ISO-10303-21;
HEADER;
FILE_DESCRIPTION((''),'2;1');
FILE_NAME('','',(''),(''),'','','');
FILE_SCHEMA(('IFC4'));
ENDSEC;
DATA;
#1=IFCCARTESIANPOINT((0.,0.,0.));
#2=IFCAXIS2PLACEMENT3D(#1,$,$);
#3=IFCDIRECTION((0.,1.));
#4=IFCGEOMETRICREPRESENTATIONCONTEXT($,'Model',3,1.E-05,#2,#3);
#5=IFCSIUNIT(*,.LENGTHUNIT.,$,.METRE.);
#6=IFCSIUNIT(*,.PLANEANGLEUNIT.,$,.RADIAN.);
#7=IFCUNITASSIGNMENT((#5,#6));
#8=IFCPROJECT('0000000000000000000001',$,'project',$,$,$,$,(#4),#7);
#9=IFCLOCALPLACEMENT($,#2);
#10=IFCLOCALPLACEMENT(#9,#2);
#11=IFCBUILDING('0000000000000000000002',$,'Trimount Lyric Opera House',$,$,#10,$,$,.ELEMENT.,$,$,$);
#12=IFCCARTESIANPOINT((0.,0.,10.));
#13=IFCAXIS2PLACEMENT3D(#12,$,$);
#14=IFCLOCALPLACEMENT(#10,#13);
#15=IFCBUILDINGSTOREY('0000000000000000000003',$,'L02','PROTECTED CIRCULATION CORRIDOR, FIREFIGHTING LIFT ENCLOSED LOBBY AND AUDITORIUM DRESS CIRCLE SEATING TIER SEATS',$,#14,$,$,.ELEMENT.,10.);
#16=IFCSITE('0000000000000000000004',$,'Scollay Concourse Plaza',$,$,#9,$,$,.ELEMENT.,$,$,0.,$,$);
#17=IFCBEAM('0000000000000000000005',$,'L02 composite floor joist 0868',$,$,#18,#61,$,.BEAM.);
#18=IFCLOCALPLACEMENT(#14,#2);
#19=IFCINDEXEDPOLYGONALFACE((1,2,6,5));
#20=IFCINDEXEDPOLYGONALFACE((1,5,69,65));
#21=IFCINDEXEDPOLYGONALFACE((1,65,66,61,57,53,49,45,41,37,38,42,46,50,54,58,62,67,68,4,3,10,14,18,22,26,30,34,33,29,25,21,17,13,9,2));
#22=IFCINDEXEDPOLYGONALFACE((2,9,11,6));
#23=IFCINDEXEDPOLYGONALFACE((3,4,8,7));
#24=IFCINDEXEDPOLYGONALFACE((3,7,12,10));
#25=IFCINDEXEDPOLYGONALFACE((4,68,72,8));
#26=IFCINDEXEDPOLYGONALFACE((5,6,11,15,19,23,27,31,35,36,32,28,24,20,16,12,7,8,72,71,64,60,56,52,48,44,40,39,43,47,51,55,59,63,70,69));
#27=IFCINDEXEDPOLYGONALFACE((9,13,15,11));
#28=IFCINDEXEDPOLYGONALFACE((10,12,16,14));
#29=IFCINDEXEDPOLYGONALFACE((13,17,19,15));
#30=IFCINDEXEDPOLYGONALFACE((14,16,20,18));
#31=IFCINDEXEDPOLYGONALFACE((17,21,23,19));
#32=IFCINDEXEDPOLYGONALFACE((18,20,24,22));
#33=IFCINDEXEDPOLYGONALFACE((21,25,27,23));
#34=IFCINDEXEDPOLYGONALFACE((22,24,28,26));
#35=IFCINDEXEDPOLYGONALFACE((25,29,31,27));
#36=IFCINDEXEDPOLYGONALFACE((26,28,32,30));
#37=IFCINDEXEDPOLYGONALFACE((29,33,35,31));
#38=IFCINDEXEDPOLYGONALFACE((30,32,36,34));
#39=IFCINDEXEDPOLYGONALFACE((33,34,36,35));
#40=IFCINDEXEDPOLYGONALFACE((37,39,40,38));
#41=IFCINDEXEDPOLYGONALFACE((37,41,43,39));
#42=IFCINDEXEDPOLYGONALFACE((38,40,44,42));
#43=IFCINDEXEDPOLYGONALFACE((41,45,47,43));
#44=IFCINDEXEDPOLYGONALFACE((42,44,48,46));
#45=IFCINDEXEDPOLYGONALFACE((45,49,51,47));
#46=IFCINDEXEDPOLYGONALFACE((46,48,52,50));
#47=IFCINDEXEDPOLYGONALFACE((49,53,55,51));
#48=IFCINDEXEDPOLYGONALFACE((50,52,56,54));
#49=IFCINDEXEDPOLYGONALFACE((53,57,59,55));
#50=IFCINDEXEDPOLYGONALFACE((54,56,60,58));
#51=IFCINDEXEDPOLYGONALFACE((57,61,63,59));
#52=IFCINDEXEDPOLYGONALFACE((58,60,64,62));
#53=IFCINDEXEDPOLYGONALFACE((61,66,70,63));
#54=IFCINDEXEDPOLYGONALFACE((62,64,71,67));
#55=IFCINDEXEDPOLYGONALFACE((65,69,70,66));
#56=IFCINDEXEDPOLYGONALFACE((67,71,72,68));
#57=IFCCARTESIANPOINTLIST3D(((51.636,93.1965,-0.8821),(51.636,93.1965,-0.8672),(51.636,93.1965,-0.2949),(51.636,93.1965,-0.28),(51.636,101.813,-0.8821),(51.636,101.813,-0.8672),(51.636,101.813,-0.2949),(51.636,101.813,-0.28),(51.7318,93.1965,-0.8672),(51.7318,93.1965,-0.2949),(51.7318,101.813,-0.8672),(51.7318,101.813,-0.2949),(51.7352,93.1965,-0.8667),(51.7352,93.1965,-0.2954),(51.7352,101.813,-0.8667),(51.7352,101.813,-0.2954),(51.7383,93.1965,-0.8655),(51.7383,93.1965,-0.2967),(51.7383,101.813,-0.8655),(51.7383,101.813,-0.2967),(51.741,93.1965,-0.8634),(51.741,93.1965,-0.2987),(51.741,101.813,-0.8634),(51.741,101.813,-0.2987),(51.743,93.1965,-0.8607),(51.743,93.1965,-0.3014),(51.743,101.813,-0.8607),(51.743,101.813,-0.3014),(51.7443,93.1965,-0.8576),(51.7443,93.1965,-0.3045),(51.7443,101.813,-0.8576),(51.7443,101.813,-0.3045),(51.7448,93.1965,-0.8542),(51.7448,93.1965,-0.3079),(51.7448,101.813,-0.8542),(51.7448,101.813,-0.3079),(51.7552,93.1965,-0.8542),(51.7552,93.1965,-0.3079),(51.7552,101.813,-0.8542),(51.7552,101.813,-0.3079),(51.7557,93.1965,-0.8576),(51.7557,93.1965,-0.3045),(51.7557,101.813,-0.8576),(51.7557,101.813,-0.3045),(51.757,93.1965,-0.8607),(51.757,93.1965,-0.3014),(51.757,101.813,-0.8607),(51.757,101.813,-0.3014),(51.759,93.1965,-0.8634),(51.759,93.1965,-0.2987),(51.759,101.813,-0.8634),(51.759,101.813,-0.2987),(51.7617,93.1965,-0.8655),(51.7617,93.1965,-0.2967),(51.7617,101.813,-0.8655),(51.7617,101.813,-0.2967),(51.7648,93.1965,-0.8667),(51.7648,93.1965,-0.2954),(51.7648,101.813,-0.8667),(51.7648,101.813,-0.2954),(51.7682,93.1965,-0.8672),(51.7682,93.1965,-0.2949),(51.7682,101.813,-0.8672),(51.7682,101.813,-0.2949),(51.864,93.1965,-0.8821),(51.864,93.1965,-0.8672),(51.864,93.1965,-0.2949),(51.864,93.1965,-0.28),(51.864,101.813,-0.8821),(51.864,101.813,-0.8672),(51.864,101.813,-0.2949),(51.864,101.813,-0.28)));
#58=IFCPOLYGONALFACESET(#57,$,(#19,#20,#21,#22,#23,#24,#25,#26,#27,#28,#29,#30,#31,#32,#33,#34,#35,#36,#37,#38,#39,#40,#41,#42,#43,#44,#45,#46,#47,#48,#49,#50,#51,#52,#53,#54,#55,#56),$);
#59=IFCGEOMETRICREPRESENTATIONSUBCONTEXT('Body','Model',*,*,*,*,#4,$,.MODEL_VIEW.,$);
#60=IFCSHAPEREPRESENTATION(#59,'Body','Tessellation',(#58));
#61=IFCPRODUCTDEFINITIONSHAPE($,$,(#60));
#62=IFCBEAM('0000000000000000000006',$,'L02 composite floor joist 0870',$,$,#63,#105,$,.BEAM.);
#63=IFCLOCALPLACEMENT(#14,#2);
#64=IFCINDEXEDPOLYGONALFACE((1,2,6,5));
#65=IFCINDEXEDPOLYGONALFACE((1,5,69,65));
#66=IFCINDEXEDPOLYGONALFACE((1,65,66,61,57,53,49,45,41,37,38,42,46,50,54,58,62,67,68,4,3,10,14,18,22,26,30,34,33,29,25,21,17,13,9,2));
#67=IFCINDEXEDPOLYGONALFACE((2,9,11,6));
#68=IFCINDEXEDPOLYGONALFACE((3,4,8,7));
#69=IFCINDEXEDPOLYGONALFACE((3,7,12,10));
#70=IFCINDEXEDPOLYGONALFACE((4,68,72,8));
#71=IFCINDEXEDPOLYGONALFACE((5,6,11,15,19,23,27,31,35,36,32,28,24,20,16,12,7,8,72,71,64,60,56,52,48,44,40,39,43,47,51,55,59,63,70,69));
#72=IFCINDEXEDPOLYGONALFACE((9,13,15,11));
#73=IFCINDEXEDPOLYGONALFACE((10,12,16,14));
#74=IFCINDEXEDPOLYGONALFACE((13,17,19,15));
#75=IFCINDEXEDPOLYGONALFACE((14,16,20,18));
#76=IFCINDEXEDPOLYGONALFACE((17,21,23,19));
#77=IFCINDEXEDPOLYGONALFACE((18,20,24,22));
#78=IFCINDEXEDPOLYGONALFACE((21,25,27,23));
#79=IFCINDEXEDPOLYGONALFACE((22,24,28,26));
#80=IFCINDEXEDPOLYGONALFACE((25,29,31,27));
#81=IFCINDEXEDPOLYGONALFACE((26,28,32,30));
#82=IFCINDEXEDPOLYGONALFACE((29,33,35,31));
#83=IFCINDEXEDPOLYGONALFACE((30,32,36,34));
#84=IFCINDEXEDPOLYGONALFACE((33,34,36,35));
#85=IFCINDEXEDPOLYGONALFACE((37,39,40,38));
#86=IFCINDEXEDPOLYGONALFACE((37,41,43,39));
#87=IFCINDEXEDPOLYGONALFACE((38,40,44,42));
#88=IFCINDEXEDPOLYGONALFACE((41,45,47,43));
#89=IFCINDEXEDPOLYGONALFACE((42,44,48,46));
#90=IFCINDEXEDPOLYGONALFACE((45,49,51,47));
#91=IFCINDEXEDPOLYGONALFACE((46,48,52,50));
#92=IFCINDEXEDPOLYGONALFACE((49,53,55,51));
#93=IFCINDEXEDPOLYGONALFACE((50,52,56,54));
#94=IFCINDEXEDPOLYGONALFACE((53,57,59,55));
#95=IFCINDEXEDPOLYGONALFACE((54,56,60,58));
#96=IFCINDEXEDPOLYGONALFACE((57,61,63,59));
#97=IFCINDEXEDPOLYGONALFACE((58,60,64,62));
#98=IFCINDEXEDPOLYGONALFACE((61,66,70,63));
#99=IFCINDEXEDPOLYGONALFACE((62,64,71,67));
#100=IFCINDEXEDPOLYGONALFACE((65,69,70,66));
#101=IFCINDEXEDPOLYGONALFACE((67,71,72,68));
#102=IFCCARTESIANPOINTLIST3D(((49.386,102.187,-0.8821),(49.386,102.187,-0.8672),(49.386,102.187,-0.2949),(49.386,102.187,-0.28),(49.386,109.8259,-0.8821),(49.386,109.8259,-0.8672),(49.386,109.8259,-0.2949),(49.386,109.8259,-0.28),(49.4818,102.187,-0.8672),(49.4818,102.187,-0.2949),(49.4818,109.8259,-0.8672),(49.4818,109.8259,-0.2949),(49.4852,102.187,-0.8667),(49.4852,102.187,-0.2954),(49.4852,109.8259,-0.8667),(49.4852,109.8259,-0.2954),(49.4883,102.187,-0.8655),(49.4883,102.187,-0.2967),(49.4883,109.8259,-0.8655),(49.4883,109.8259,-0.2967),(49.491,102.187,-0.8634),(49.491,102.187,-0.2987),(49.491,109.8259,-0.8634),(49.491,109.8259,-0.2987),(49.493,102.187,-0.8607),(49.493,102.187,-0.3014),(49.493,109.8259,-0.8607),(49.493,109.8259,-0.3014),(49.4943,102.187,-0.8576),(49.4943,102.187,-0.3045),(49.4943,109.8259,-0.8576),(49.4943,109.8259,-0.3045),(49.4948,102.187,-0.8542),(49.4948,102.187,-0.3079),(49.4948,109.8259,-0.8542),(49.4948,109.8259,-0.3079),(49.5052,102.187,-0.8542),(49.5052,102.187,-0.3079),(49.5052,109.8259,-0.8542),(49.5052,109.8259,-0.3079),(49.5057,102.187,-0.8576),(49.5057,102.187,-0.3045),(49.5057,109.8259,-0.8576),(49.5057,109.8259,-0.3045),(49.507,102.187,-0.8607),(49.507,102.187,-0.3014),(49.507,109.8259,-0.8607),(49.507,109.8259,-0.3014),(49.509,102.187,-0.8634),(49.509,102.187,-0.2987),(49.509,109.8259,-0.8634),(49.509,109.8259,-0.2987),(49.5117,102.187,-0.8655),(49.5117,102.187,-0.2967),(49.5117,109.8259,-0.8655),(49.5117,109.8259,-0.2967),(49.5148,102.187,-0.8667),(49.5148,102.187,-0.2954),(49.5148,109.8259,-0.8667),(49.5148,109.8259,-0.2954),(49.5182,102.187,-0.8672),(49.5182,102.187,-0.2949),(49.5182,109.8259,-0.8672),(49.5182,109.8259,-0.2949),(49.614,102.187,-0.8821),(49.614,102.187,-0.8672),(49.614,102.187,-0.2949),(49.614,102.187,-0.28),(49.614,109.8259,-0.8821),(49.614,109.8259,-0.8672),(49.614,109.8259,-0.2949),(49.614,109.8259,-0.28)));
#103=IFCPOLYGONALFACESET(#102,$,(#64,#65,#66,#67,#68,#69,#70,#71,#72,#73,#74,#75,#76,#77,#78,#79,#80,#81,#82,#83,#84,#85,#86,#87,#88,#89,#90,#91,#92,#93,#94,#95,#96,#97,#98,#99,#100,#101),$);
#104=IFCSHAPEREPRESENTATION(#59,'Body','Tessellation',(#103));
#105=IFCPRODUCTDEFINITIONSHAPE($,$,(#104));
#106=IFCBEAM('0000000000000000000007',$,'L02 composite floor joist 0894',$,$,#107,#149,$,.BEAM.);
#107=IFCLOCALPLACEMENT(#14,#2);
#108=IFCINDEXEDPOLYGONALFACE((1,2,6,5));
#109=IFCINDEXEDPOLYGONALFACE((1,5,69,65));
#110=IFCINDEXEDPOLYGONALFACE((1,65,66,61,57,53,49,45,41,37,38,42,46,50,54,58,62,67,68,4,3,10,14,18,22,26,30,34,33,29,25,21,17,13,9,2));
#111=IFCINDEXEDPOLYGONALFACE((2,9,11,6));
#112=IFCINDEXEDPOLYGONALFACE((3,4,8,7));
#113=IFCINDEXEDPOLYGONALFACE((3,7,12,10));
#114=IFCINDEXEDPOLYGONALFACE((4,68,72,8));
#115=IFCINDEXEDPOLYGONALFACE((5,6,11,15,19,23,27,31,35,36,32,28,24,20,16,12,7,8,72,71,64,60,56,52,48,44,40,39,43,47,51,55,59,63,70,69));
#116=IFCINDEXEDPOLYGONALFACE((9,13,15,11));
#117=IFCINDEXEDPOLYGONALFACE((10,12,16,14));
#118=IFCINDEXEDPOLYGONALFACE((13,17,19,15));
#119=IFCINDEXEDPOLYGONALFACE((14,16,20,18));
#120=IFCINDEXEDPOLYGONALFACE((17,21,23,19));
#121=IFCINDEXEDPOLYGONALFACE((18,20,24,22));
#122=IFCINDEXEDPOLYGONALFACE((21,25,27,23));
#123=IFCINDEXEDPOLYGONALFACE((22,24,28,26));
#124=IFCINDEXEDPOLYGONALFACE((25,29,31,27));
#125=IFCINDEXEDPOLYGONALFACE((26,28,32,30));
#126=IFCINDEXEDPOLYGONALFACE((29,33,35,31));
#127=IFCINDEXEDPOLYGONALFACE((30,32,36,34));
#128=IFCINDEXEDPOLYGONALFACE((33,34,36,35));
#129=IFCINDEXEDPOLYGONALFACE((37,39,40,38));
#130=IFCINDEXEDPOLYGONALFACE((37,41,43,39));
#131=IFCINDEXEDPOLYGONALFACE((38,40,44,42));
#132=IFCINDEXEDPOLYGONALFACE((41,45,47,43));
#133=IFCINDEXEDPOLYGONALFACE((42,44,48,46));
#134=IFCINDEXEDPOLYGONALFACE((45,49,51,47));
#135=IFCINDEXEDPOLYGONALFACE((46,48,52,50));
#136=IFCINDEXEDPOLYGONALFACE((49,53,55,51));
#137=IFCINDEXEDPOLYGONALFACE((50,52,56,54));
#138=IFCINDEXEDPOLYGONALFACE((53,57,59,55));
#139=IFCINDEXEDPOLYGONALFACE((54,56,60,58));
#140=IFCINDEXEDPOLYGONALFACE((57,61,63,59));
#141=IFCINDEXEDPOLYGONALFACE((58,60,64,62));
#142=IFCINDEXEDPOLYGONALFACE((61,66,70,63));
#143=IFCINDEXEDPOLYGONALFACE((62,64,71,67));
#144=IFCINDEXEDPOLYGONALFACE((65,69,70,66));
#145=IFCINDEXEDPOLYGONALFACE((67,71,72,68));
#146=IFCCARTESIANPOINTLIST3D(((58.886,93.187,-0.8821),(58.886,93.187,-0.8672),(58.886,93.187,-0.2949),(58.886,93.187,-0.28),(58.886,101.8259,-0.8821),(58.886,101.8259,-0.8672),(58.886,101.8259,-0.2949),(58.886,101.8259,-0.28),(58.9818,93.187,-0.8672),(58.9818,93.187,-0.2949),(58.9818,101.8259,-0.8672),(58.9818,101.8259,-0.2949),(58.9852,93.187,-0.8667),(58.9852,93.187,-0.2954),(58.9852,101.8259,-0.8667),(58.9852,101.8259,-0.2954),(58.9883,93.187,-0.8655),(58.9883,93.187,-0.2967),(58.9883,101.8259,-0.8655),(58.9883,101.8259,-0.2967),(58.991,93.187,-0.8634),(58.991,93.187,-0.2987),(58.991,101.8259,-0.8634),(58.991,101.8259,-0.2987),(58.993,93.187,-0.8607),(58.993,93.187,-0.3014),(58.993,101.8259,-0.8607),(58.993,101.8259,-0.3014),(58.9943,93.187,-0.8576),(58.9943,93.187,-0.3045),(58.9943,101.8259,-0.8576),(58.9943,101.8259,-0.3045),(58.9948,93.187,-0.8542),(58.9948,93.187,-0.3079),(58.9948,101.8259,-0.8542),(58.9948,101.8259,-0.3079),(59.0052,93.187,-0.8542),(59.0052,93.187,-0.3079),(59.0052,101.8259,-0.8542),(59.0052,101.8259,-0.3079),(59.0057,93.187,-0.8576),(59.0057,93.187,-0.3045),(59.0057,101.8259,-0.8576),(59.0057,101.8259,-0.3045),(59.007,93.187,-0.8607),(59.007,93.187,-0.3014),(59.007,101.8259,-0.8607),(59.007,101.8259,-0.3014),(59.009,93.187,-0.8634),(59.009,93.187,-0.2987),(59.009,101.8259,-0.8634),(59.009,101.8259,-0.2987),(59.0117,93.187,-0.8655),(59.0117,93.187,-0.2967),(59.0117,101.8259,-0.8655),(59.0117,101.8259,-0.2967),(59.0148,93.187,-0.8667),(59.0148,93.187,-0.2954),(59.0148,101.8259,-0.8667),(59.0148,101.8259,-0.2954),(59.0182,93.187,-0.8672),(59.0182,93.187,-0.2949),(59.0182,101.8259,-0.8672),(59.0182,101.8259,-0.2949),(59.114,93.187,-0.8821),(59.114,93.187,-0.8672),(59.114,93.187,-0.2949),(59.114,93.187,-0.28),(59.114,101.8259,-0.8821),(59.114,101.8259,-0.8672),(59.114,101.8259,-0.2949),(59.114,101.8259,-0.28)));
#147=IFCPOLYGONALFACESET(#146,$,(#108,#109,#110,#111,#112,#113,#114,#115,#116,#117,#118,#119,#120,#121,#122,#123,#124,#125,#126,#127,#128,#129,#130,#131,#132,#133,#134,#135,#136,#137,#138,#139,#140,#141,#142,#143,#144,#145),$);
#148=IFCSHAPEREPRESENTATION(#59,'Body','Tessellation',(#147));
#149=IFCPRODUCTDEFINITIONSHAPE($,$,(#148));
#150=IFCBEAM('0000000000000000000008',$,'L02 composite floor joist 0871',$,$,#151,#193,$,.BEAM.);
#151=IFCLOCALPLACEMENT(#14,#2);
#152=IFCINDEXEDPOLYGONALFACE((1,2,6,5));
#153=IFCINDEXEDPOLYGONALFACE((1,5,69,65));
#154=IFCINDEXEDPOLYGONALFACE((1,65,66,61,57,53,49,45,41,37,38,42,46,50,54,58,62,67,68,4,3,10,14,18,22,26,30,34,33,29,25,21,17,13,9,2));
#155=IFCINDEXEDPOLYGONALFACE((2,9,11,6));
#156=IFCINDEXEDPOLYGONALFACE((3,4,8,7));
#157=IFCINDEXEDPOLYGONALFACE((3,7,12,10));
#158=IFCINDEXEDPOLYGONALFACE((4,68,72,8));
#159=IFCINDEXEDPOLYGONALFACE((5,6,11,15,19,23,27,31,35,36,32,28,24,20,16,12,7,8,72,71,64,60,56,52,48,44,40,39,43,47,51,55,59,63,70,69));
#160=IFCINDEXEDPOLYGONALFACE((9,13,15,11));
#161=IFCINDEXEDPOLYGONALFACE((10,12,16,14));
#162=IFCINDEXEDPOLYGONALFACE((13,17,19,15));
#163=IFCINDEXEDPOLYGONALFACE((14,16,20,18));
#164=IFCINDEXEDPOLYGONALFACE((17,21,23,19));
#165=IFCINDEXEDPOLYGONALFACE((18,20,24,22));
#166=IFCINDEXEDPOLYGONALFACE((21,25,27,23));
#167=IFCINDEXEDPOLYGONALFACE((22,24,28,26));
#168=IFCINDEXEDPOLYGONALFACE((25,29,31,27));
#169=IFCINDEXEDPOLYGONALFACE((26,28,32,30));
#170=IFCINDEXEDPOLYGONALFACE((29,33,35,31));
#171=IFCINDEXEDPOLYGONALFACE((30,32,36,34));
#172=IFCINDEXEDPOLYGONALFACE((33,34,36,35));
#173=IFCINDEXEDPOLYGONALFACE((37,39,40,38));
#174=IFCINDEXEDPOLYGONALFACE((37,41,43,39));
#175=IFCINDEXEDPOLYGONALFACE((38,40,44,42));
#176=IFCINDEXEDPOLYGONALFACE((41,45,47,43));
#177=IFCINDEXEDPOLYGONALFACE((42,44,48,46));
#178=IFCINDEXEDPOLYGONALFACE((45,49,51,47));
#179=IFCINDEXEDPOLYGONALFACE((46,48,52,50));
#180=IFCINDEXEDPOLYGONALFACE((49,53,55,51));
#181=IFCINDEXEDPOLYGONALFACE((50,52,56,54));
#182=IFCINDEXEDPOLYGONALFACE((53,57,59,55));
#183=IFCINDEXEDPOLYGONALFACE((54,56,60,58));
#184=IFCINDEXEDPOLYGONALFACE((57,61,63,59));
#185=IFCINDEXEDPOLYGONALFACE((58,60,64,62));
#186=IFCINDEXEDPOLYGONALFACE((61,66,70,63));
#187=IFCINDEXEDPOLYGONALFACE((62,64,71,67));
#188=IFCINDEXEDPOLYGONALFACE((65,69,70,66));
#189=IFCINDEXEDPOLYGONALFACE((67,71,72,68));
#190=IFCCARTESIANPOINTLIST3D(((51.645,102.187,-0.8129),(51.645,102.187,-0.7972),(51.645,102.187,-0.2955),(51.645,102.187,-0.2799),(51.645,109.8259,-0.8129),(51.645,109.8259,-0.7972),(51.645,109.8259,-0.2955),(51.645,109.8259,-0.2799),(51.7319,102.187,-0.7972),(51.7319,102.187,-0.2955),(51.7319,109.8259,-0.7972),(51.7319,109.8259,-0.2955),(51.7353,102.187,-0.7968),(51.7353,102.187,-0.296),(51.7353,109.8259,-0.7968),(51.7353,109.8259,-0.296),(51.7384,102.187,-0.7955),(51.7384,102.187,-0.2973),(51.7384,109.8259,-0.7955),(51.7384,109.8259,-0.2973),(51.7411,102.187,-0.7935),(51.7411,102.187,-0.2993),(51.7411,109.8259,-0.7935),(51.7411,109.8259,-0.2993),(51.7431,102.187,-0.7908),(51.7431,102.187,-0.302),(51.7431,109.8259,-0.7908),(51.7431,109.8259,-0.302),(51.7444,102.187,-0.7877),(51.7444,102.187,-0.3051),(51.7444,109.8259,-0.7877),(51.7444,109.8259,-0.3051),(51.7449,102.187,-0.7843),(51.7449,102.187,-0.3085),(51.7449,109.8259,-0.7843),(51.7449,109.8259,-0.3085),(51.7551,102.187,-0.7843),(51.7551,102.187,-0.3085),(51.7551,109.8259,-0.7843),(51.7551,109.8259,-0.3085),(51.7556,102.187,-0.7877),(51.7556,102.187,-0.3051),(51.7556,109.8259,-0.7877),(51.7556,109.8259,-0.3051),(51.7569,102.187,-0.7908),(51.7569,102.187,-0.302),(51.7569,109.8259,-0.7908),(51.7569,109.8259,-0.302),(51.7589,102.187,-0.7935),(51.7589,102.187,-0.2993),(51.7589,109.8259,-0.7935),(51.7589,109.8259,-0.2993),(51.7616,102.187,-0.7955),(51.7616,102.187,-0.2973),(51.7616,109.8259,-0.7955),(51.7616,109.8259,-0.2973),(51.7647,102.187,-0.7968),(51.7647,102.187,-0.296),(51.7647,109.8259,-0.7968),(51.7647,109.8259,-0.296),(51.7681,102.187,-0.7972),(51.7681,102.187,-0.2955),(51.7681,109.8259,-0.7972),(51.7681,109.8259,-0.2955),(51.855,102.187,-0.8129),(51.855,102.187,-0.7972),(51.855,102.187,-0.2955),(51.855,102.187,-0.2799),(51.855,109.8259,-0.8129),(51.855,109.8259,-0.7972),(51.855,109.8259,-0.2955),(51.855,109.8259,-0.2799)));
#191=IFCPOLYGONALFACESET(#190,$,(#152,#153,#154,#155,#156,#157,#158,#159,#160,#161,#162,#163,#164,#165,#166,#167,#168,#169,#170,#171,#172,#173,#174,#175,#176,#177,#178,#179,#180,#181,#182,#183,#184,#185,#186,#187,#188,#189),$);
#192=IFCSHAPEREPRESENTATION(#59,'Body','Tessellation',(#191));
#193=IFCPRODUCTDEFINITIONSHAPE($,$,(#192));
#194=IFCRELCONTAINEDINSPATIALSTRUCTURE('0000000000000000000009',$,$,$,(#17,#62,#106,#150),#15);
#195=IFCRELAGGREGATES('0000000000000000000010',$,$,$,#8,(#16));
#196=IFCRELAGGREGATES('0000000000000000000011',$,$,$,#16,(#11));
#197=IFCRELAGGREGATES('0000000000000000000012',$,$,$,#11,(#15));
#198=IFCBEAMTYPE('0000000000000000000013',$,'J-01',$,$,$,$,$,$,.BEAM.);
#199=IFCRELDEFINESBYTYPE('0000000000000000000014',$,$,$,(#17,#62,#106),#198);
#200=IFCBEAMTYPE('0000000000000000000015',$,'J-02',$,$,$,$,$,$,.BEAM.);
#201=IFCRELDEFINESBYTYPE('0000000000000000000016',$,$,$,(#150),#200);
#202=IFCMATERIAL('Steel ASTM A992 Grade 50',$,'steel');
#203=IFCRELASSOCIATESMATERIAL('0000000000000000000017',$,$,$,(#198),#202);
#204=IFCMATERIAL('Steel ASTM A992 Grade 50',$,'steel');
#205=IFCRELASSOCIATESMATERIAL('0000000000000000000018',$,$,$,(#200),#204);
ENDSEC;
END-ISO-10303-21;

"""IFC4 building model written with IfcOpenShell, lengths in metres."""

from ifc_helpers import new_model, si_unit, direction, frame, origin, origin_2d, place, context, subcontext, project, spatial, i_section, extrude, material, material_profile, profile_set, type_object, element, save


model = new_model("IFC4")

# Units and contexts
model_context = context("Model", 3, precision=1e-05, world=origin(), true_north=direction((0.0, 1.0)))
body_context = subcontext(model_context, "Body", "Model", "MODEL_VIEW")
ifc_project = project(units=[si_unit("LENGTHUNIT", "METRE"), si_unit("PLANEANGLEUNIT", "RADIAN")], contexts=[model_context])

# Site, building, storey
site_placement = place(None, origin())
site = spatial("IfcSite", under=ifc_project, at=site_placement, Name="Scollay Concourse Plaza", CompositionType="ELEMENT", RefElevation=0.0)
building_placement = place(site_placement, origin())
building = spatial("IfcBuilding", under=site, at=building_placement, Name="Trimount Lyric Opera House", CompositionType="ELEMENT")
storey_placement = place(building_placement, frame((0.0, 0.0, 10.0)))
storey = spatial("IfcBuildingStorey", under=building, at=storey_placement, Name="L02", Description="PROTECTED CIRCULATION CORRIDOR, FIREFIGHTING LIFT ENCLOSED LOBBY AND AUDITORIUM DRESS CIRCLE SEATING TIER SEATS", CompositionType="ELEMENT", Elevation=10.0)

# Beams
ifc_material_1 = material(Name="Steel ASTM A992 Grade 50", Category="steel")
ifc_material_profile_1 = material_profile(ifc_material_1, i_section(OverallWidth=0.228, OverallDepth=0.6021, WebThickness=0.0105, FlangeThickness=0.0149, FilletRadius=0.0129, at=origin_2d()), Name="W24X68")
ifc_profile_set_1 = profile_set([ifc_material_profile_1], Name="Steel ASTM A992 Grade 50")
beam_type_1 = type_object("IfcBeamType", Name="J-01", PredefinedType="BEAM", material=ifc_profile_set_1)
beam_1_placement = place(storey_placement, frame((51.75, 93.1965, -0.5811), z_axis=(0.0, 1.0, 0.0), x_axis=(-1.0, 0.0, 0.0)))
element("IfcBeam", 1, at=beam_1_placement, inside=storey, type_object=beam_type_1, Name="L02 composite floor joist 0868", PredefinedType="BEAM", context=body_context, shape_type="SweptSolid", body=[
    extrude(i_section(OverallWidth=0.228, OverallDepth=0.6021, WebThickness=0.0105, FlangeThickness=0.0149, FilletRadius=0.0129, at=origin_2d()), origin(), (0.0, 0.0, 1.0), 8.6165),
])
beam_2_placement = place(storey_placement, frame((49.5, 102.187, -0.5811), z_axis=(0.0, 1.0, 0.0), x_axis=(-1.0, 0.0, 0.0)))
element("IfcBeam", 2, at=beam_2_placement, inside=storey, type_object=beam_type_1, Name="L02 composite floor joist 0870", PredefinedType="BEAM", context=body_context, shape_type="SweptSolid", body=[
    extrude(i_section(OverallWidth=0.228, OverallDepth=0.6021, WebThickness=0.0105, FlangeThickness=0.0149, FilletRadius=0.0129, at=origin_2d()), origin(), (0.0, 0.0, 1.0), 7.6389),
])
beam_3_placement = place(storey_placement, frame((59.0, 93.187, -0.5811), z_axis=(0.0, 1.0, 0.0), x_axis=(-1.0, 0.0, 0.0)))
element("IfcBeam", 3, at=beam_3_placement, inside=storey, type_object=beam_type_1, Name="L02 composite floor joist 0894", PredefinedType="BEAM", context=body_context, shape_type="SweptSolid", body=[
    extrude(i_section(OverallWidth=0.228, OverallDepth=0.6021, WebThickness=0.0105, FlangeThickness=0.0149, FilletRadius=0.0129, at=origin_2d()), origin(), (0.0, 0.0, 1.0), 8.6389),
])
ifc_material_2 = material(Name="Steel ASTM A992 Grade 50", Category="steel")
ifc_material_profile_2 = material_profile(ifc_material_2, i_section(OverallWidth=0.21, OverallDepth=0.533, WebThickness=0.0103, FlangeThickness=0.0156, FilletRadius=0.0129, at=origin_2d()), Name="W21X62")
ifc_profile_set_2 = profile_set([ifc_material_profile_2], Name="Steel ASTM A992 Grade 50")
beam_type_2 = type_object("IfcBeamType", Name="J-02", PredefinedType="BEAM", material=ifc_profile_set_2)
beam_4_placement = place(storey_placement, frame((51.75, 102.187, -0.5464), z_axis=(0.0, 1.0, 0.0), x_axis=(-1.0, 0.0, 0.0)))
element("IfcBeam", 4, at=beam_4_placement, inside=storey, type_object=beam_type_2, Name="L02 composite floor joist 0871", PredefinedType="BEAM", context=body_context, shape_type="SweptSolid", body=[
    extrude(i_section(OverallWidth=0.21, OverallDepth=0.533, WebThickness=0.0103, FlangeThickness=0.0156, FilletRadius=0.0129, at=origin_2d()), origin(), (0.0, 0.0, 1.0), 7.6389),
])

save(model, "model.ifc")
